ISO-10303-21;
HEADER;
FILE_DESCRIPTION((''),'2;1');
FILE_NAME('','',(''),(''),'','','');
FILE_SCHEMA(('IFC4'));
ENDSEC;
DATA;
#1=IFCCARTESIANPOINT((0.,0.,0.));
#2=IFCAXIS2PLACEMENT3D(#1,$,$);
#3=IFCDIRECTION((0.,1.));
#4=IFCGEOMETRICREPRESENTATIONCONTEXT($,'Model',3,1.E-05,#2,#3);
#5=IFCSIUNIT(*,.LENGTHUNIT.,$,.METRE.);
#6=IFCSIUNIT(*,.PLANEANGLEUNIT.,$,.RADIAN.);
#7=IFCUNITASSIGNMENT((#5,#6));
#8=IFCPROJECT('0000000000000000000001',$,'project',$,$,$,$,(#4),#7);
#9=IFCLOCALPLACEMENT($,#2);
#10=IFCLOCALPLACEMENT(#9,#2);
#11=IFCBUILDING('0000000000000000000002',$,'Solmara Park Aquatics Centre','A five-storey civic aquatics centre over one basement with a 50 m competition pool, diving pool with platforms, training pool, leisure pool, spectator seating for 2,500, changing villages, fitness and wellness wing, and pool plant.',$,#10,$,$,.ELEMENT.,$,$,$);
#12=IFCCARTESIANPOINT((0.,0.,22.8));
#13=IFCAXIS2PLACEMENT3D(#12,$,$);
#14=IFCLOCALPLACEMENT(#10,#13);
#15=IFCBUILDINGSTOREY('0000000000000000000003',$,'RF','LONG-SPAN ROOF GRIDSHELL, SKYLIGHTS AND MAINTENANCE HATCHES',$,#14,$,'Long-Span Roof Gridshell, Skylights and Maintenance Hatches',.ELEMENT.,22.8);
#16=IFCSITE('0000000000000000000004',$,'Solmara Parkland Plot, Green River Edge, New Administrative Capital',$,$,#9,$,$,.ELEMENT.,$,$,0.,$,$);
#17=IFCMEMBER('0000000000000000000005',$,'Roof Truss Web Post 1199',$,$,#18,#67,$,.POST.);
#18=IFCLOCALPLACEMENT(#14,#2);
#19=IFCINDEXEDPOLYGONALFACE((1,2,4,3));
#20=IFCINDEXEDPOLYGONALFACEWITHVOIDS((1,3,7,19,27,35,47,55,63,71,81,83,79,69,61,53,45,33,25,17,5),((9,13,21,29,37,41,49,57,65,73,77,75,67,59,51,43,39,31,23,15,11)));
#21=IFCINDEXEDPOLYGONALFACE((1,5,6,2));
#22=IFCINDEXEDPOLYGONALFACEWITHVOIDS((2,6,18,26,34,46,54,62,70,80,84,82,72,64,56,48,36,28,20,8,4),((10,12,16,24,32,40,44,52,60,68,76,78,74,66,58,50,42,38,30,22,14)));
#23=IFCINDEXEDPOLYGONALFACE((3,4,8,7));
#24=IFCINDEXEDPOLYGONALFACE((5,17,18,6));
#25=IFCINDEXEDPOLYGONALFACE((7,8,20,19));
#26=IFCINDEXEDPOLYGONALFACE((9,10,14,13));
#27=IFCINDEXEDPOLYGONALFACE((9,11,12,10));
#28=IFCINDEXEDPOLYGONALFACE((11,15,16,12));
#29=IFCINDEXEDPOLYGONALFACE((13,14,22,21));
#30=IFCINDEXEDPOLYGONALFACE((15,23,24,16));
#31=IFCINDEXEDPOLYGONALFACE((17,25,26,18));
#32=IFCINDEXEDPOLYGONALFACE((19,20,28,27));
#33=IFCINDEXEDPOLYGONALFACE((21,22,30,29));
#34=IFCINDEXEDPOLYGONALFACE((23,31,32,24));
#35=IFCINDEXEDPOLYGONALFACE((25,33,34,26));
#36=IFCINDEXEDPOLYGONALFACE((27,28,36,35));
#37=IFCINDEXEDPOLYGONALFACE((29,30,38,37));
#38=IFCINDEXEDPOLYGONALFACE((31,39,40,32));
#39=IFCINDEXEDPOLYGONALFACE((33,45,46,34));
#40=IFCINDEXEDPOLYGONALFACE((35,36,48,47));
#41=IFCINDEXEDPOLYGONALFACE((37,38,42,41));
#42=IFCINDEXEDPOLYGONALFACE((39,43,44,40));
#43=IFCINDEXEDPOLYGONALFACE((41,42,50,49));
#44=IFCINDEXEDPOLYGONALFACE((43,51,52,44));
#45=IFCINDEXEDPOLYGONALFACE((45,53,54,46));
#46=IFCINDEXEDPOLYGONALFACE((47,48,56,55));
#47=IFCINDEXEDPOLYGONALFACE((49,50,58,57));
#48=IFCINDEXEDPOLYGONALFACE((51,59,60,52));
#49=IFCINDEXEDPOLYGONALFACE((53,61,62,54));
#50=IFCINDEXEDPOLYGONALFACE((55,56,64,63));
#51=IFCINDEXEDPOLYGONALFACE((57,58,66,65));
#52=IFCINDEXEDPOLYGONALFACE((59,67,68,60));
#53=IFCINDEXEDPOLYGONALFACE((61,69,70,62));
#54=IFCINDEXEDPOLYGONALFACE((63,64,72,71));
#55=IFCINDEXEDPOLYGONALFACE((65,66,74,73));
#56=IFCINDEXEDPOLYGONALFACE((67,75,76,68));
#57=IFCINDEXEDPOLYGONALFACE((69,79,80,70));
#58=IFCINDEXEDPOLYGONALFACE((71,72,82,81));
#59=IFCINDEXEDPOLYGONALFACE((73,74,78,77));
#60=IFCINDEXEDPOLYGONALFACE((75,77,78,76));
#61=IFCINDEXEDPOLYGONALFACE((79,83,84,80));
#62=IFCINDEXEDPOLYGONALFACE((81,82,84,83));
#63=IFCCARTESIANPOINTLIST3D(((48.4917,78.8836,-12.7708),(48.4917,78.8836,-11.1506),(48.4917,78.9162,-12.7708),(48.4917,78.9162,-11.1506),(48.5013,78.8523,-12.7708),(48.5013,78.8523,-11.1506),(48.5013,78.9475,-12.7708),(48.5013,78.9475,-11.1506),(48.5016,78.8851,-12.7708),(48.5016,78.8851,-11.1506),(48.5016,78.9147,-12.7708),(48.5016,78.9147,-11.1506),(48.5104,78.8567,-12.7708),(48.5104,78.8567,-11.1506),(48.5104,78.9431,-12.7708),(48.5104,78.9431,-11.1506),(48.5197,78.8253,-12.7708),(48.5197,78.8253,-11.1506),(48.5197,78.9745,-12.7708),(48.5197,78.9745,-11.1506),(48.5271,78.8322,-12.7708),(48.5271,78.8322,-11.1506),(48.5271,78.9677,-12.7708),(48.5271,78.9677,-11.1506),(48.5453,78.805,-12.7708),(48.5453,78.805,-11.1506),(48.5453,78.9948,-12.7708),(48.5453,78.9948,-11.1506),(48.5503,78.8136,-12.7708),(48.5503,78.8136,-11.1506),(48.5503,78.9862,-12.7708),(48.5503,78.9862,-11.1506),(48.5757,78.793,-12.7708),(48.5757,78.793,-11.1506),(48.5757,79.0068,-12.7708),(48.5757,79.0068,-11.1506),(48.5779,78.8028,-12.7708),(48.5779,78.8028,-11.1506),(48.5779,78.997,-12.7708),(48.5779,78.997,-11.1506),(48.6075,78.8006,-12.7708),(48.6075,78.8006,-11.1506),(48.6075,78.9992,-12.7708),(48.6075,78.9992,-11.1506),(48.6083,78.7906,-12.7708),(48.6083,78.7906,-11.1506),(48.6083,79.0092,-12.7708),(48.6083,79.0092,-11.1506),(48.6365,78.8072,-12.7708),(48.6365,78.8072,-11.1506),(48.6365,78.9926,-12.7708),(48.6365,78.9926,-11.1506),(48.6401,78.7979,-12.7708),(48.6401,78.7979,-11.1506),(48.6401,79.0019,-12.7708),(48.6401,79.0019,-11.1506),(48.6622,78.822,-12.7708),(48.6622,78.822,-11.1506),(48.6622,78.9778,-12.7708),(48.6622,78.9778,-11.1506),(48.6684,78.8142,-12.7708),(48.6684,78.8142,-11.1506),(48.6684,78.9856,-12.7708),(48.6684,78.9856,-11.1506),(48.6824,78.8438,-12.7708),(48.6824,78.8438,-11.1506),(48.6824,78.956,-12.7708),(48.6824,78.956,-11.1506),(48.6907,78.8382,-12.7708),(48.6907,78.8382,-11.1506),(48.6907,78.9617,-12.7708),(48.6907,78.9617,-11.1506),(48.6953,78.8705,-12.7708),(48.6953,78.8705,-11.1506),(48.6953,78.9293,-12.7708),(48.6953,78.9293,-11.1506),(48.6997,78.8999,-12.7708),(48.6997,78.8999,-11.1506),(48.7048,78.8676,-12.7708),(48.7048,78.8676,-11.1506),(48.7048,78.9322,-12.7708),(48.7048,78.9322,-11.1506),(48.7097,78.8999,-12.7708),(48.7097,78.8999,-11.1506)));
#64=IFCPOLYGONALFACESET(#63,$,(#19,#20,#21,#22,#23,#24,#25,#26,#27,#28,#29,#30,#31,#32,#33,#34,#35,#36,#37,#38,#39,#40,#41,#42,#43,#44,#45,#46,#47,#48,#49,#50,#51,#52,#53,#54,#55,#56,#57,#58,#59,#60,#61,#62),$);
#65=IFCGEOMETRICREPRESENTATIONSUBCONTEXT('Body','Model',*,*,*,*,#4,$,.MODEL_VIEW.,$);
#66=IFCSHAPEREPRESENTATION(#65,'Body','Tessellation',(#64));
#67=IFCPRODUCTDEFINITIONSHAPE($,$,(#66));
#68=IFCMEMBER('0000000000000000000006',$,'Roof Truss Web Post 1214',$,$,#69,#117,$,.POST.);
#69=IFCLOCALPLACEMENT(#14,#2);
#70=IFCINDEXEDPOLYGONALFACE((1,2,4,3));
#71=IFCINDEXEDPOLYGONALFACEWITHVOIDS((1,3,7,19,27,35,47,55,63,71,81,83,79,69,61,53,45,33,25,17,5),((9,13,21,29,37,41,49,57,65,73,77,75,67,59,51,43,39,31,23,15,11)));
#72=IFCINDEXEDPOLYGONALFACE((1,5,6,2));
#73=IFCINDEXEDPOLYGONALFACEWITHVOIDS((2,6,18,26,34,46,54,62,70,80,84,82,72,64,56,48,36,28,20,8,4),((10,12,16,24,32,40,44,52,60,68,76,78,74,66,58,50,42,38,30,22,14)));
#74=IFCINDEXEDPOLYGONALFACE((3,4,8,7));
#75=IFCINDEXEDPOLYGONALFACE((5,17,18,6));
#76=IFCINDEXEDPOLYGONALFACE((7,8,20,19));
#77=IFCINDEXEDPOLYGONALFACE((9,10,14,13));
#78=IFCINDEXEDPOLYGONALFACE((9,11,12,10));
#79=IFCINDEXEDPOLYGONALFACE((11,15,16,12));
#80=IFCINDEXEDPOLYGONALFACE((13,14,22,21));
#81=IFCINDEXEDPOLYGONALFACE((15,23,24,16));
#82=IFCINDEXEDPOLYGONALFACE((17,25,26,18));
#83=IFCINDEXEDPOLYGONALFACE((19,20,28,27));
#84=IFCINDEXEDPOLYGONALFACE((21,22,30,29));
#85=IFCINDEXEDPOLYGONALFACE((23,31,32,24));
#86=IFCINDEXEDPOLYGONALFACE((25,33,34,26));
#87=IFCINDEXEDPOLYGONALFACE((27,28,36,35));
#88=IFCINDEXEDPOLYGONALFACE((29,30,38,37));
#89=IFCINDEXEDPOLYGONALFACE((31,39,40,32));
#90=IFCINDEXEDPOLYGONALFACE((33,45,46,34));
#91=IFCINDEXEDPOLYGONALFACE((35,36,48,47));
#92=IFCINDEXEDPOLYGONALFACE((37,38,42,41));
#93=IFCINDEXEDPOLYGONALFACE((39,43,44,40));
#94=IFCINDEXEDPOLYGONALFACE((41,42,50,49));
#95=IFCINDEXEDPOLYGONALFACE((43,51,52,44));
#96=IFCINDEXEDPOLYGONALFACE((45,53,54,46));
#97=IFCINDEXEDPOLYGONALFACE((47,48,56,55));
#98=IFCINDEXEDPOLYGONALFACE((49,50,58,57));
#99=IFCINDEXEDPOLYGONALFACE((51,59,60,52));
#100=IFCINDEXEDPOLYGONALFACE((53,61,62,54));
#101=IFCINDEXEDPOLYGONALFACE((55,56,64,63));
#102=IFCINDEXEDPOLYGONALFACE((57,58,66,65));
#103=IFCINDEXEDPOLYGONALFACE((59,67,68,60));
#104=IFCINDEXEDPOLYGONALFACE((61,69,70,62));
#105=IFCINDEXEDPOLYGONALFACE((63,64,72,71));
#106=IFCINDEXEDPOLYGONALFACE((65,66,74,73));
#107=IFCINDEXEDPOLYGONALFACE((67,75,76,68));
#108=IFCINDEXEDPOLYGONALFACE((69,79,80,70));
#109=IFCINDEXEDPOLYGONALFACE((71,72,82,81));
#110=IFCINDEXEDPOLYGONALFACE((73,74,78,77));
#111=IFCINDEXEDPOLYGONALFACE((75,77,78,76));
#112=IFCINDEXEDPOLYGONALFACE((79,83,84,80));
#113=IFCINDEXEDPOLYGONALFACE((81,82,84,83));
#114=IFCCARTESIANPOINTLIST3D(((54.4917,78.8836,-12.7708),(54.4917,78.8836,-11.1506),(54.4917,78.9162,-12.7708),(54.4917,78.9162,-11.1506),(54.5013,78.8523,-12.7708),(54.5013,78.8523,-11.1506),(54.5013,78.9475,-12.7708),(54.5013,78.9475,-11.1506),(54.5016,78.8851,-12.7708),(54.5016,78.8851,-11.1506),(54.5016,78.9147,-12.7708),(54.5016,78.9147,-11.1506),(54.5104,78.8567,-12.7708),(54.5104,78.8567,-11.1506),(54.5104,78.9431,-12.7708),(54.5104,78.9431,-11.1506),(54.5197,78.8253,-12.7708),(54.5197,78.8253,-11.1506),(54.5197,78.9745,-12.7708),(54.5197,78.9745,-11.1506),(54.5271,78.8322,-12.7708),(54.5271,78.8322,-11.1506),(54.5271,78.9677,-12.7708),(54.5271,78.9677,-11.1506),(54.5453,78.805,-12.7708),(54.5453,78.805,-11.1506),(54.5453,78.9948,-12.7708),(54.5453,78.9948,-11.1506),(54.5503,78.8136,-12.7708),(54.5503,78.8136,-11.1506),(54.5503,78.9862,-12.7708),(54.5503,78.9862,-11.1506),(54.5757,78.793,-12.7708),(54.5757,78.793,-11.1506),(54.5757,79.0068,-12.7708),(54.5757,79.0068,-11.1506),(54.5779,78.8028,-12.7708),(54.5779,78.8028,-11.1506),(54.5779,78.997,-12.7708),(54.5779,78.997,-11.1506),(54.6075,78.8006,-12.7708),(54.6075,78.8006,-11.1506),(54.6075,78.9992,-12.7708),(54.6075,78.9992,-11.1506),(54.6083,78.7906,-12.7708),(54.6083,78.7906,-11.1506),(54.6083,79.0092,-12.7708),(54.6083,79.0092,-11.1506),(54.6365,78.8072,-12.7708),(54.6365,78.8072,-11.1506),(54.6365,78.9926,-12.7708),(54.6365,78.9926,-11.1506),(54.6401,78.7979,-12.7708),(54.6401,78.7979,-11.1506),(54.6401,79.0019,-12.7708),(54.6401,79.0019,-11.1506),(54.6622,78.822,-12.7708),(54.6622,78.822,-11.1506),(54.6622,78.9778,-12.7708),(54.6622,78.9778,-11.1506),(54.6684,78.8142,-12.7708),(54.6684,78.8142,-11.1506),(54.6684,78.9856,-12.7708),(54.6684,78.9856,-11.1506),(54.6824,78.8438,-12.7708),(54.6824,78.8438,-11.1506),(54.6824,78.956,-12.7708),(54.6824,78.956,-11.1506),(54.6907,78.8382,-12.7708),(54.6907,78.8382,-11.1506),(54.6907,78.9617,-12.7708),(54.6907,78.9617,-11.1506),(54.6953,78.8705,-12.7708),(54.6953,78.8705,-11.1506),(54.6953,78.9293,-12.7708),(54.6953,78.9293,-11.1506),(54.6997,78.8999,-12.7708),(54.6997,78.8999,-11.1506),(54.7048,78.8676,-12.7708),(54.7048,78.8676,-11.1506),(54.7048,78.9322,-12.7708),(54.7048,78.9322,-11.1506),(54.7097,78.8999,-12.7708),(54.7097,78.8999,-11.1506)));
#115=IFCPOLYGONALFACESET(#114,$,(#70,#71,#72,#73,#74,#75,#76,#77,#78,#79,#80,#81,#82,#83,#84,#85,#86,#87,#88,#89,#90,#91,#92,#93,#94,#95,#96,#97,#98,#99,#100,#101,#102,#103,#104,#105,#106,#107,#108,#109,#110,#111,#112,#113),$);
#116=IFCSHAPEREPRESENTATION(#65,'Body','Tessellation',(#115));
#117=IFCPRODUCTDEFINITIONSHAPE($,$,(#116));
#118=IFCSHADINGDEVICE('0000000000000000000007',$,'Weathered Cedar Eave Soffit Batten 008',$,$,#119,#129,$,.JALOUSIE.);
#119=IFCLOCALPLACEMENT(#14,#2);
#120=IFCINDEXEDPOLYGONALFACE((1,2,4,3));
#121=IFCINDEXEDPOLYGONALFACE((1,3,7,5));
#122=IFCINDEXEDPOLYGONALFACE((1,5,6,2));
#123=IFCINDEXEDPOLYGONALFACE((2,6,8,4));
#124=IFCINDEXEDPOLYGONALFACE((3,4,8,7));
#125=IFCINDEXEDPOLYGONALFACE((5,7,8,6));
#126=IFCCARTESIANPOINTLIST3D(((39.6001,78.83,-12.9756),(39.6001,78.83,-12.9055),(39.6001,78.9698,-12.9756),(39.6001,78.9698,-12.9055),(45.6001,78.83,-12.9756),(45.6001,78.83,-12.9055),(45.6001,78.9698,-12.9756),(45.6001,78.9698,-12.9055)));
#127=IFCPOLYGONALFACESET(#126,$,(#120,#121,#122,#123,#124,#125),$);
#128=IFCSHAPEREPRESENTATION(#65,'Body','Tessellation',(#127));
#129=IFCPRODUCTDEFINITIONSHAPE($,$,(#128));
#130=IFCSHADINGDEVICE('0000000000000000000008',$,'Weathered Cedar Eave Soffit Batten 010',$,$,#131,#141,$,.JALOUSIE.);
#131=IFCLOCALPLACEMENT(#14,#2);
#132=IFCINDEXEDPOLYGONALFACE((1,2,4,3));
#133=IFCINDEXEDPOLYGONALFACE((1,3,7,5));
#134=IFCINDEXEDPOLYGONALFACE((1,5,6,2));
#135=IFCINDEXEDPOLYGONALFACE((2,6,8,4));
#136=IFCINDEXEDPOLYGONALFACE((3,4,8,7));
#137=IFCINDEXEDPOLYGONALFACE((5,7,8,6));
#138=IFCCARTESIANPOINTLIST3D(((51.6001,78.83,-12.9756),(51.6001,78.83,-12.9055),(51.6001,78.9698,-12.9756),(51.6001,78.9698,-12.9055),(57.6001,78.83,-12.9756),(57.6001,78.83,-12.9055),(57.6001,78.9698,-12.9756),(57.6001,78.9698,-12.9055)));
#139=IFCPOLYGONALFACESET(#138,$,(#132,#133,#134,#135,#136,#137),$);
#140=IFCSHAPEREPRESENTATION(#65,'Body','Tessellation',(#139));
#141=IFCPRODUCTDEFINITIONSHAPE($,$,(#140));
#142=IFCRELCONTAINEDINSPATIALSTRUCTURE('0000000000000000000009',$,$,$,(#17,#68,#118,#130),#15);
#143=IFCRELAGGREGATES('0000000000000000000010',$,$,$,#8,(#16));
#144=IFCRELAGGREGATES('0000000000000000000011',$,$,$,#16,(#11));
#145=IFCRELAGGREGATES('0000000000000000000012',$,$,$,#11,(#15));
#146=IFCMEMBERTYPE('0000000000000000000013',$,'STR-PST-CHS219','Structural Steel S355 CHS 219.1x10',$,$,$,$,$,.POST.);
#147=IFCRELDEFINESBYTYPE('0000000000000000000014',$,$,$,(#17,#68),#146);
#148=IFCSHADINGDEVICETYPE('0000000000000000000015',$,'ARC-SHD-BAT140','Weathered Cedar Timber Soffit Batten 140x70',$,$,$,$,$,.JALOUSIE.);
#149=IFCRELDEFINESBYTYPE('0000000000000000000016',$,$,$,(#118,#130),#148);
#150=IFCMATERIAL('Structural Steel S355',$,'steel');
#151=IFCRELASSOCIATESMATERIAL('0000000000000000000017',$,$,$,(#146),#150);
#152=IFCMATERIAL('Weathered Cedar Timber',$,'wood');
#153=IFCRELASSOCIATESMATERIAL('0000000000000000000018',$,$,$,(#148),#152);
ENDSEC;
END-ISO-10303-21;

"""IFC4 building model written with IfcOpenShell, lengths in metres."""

from ifc_helpers import new_model, si_unit, direction, frame, origin, origin_2d, place, context, subcontext, project, spatial, rectangle, hollow_circle, extrude, material, material_profile, profile_set, type_object, element, save


model = new_model("IFC4")

# Units and contexts
model_context = context("Model", 3, precision=1e-05, world=origin(), true_north=direction((0.0, 1.0)))
body_context = subcontext(model_context, "Body", "Model", "MODEL_VIEW")
ifc_project = project(units=[si_unit("LENGTHUNIT", "METRE"), si_unit("PLANEANGLEUNIT", "RADIAN")], contexts=[model_context])

# Site, building, storey
site_placement = place(None, origin())
site = spatial("IfcSite", under=ifc_project, at=site_placement, Name="Solmara Parkland Plot, Green River Edge, New Administrative Capital", CompositionType="ELEMENT", RefElevation=0.0)
building_placement = place(site_placement, origin())
building = spatial("IfcBuilding", under=site, at=building_placement, Name="Solmara Park Aquatics Centre", Description="A five-storey civic aquatics centre over one basement with a 50 m competition pool, diving pool with platforms, training pool, leisure pool, spectator seating for 2,500, changing villages, fitness and wellness wing, and pool plant.", CompositionType="ELEMENT")
storey_placement = place(building_placement, frame((0.0, 0.0, 22.8)))
storey = spatial("IfcBuildingStorey", under=building, at=storey_placement, Name="RF", Description="LONG-SPAN ROOF GRIDSHELL, SKYLIGHTS AND MAINTENANCE HATCHES", LongName="Long-Span Roof Gridshell, Skylights and Maintenance Hatches", CompositionType="ELEMENT", Elevation=22.8)

# Members
ifc_material_1 = material(Name="Structural Steel S355", Category="steel")
ifc_material_profile_1 = material_profile(ifc_material_1, hollow_circle(Radius=0.1096, WallThickness=0.01, at=origin_2d()), Name="CHS 219.1x10")
ifc_profile_set_1 = profile_set([ifc_material_profile_1], Name="Structural Steel S355")
member_type_1 = type_object("IfcMemberType", Name="STR-PST-CHS219", Description="Structural Steel S355 CHS 219.1x10", PredefinedType="POST", material=ifc_profile_set_1)
for number, where, z_axis, x_axis, name in (
    (1, (48.6001, 78.8999, -12.7708), (0.0, 0.0, 1.0), (1.0, 0.0, 0.0), "Roof Truss Web Post 1199"),
    (2, (54.6001, 78.8999, -12.7708), (0.0, 0.0, 1.0), (1.0, 0.0, 0.0), "Roof Truss Web Post 1214"),
):
    element("IfcMember", number, at=place(storey_placement, frame(where, z_axis=z_axis, x_axis=x_axis)), inside=storey, type_object=member_type_1, Name=name, PredefinedType="POST", context=body_context, shape_type="SweptSolid", body=[
        extrude(hollow_circle(Radius=0.1096, WallThickness=0.01, at=origin_2d()), origin(), (0.0, 0.0, 1.0), 1.6201),
    ])

# Shading devices
ifc_material_2 = material(Name="Weathered Cedar Timber", Category="wood")
shading_device_type = type_object("IfcShadingDeviceType", Name="ARC-SHD-BAT140", Description="Weathered Cedar Timber Soffit Batten 140x70", PredefinedType="JALOUSIE", material=ifc_material_2)
for number, where, z_axis, x_axis, name in (
    (3, (42.6001, 78.8999, -12.9756), (0.0, 0.0, 1.0), (1.0, 0.0, 0.0), "Weathered Cedar Eave Soffit Batten 008"),
    (4, (54.6001, 78.8999, -12.9756), (0.0, 0.0, 1.0), (1.0, 0.0, 0.0), "Weathered Cedar Eave Soffit Batten 010"),
):
    element("IfcShadingDevice", number, at=place(storey_placement, frame(where, z_axis=z_axis, x_axis=x_axis)), inside=storey, type_object=shading_device_type, Name=name, PredefinedType="JALOUSIE", context=body_context, shape_type="SweptSolid", body=[
        extrude(rectangle(XDim=6.0, YDim=0.1399, at=origin_2d()), origin(), (0.0, 0.0, 1.0), 0.0701),
    ])

save(model, "model.ifc")
